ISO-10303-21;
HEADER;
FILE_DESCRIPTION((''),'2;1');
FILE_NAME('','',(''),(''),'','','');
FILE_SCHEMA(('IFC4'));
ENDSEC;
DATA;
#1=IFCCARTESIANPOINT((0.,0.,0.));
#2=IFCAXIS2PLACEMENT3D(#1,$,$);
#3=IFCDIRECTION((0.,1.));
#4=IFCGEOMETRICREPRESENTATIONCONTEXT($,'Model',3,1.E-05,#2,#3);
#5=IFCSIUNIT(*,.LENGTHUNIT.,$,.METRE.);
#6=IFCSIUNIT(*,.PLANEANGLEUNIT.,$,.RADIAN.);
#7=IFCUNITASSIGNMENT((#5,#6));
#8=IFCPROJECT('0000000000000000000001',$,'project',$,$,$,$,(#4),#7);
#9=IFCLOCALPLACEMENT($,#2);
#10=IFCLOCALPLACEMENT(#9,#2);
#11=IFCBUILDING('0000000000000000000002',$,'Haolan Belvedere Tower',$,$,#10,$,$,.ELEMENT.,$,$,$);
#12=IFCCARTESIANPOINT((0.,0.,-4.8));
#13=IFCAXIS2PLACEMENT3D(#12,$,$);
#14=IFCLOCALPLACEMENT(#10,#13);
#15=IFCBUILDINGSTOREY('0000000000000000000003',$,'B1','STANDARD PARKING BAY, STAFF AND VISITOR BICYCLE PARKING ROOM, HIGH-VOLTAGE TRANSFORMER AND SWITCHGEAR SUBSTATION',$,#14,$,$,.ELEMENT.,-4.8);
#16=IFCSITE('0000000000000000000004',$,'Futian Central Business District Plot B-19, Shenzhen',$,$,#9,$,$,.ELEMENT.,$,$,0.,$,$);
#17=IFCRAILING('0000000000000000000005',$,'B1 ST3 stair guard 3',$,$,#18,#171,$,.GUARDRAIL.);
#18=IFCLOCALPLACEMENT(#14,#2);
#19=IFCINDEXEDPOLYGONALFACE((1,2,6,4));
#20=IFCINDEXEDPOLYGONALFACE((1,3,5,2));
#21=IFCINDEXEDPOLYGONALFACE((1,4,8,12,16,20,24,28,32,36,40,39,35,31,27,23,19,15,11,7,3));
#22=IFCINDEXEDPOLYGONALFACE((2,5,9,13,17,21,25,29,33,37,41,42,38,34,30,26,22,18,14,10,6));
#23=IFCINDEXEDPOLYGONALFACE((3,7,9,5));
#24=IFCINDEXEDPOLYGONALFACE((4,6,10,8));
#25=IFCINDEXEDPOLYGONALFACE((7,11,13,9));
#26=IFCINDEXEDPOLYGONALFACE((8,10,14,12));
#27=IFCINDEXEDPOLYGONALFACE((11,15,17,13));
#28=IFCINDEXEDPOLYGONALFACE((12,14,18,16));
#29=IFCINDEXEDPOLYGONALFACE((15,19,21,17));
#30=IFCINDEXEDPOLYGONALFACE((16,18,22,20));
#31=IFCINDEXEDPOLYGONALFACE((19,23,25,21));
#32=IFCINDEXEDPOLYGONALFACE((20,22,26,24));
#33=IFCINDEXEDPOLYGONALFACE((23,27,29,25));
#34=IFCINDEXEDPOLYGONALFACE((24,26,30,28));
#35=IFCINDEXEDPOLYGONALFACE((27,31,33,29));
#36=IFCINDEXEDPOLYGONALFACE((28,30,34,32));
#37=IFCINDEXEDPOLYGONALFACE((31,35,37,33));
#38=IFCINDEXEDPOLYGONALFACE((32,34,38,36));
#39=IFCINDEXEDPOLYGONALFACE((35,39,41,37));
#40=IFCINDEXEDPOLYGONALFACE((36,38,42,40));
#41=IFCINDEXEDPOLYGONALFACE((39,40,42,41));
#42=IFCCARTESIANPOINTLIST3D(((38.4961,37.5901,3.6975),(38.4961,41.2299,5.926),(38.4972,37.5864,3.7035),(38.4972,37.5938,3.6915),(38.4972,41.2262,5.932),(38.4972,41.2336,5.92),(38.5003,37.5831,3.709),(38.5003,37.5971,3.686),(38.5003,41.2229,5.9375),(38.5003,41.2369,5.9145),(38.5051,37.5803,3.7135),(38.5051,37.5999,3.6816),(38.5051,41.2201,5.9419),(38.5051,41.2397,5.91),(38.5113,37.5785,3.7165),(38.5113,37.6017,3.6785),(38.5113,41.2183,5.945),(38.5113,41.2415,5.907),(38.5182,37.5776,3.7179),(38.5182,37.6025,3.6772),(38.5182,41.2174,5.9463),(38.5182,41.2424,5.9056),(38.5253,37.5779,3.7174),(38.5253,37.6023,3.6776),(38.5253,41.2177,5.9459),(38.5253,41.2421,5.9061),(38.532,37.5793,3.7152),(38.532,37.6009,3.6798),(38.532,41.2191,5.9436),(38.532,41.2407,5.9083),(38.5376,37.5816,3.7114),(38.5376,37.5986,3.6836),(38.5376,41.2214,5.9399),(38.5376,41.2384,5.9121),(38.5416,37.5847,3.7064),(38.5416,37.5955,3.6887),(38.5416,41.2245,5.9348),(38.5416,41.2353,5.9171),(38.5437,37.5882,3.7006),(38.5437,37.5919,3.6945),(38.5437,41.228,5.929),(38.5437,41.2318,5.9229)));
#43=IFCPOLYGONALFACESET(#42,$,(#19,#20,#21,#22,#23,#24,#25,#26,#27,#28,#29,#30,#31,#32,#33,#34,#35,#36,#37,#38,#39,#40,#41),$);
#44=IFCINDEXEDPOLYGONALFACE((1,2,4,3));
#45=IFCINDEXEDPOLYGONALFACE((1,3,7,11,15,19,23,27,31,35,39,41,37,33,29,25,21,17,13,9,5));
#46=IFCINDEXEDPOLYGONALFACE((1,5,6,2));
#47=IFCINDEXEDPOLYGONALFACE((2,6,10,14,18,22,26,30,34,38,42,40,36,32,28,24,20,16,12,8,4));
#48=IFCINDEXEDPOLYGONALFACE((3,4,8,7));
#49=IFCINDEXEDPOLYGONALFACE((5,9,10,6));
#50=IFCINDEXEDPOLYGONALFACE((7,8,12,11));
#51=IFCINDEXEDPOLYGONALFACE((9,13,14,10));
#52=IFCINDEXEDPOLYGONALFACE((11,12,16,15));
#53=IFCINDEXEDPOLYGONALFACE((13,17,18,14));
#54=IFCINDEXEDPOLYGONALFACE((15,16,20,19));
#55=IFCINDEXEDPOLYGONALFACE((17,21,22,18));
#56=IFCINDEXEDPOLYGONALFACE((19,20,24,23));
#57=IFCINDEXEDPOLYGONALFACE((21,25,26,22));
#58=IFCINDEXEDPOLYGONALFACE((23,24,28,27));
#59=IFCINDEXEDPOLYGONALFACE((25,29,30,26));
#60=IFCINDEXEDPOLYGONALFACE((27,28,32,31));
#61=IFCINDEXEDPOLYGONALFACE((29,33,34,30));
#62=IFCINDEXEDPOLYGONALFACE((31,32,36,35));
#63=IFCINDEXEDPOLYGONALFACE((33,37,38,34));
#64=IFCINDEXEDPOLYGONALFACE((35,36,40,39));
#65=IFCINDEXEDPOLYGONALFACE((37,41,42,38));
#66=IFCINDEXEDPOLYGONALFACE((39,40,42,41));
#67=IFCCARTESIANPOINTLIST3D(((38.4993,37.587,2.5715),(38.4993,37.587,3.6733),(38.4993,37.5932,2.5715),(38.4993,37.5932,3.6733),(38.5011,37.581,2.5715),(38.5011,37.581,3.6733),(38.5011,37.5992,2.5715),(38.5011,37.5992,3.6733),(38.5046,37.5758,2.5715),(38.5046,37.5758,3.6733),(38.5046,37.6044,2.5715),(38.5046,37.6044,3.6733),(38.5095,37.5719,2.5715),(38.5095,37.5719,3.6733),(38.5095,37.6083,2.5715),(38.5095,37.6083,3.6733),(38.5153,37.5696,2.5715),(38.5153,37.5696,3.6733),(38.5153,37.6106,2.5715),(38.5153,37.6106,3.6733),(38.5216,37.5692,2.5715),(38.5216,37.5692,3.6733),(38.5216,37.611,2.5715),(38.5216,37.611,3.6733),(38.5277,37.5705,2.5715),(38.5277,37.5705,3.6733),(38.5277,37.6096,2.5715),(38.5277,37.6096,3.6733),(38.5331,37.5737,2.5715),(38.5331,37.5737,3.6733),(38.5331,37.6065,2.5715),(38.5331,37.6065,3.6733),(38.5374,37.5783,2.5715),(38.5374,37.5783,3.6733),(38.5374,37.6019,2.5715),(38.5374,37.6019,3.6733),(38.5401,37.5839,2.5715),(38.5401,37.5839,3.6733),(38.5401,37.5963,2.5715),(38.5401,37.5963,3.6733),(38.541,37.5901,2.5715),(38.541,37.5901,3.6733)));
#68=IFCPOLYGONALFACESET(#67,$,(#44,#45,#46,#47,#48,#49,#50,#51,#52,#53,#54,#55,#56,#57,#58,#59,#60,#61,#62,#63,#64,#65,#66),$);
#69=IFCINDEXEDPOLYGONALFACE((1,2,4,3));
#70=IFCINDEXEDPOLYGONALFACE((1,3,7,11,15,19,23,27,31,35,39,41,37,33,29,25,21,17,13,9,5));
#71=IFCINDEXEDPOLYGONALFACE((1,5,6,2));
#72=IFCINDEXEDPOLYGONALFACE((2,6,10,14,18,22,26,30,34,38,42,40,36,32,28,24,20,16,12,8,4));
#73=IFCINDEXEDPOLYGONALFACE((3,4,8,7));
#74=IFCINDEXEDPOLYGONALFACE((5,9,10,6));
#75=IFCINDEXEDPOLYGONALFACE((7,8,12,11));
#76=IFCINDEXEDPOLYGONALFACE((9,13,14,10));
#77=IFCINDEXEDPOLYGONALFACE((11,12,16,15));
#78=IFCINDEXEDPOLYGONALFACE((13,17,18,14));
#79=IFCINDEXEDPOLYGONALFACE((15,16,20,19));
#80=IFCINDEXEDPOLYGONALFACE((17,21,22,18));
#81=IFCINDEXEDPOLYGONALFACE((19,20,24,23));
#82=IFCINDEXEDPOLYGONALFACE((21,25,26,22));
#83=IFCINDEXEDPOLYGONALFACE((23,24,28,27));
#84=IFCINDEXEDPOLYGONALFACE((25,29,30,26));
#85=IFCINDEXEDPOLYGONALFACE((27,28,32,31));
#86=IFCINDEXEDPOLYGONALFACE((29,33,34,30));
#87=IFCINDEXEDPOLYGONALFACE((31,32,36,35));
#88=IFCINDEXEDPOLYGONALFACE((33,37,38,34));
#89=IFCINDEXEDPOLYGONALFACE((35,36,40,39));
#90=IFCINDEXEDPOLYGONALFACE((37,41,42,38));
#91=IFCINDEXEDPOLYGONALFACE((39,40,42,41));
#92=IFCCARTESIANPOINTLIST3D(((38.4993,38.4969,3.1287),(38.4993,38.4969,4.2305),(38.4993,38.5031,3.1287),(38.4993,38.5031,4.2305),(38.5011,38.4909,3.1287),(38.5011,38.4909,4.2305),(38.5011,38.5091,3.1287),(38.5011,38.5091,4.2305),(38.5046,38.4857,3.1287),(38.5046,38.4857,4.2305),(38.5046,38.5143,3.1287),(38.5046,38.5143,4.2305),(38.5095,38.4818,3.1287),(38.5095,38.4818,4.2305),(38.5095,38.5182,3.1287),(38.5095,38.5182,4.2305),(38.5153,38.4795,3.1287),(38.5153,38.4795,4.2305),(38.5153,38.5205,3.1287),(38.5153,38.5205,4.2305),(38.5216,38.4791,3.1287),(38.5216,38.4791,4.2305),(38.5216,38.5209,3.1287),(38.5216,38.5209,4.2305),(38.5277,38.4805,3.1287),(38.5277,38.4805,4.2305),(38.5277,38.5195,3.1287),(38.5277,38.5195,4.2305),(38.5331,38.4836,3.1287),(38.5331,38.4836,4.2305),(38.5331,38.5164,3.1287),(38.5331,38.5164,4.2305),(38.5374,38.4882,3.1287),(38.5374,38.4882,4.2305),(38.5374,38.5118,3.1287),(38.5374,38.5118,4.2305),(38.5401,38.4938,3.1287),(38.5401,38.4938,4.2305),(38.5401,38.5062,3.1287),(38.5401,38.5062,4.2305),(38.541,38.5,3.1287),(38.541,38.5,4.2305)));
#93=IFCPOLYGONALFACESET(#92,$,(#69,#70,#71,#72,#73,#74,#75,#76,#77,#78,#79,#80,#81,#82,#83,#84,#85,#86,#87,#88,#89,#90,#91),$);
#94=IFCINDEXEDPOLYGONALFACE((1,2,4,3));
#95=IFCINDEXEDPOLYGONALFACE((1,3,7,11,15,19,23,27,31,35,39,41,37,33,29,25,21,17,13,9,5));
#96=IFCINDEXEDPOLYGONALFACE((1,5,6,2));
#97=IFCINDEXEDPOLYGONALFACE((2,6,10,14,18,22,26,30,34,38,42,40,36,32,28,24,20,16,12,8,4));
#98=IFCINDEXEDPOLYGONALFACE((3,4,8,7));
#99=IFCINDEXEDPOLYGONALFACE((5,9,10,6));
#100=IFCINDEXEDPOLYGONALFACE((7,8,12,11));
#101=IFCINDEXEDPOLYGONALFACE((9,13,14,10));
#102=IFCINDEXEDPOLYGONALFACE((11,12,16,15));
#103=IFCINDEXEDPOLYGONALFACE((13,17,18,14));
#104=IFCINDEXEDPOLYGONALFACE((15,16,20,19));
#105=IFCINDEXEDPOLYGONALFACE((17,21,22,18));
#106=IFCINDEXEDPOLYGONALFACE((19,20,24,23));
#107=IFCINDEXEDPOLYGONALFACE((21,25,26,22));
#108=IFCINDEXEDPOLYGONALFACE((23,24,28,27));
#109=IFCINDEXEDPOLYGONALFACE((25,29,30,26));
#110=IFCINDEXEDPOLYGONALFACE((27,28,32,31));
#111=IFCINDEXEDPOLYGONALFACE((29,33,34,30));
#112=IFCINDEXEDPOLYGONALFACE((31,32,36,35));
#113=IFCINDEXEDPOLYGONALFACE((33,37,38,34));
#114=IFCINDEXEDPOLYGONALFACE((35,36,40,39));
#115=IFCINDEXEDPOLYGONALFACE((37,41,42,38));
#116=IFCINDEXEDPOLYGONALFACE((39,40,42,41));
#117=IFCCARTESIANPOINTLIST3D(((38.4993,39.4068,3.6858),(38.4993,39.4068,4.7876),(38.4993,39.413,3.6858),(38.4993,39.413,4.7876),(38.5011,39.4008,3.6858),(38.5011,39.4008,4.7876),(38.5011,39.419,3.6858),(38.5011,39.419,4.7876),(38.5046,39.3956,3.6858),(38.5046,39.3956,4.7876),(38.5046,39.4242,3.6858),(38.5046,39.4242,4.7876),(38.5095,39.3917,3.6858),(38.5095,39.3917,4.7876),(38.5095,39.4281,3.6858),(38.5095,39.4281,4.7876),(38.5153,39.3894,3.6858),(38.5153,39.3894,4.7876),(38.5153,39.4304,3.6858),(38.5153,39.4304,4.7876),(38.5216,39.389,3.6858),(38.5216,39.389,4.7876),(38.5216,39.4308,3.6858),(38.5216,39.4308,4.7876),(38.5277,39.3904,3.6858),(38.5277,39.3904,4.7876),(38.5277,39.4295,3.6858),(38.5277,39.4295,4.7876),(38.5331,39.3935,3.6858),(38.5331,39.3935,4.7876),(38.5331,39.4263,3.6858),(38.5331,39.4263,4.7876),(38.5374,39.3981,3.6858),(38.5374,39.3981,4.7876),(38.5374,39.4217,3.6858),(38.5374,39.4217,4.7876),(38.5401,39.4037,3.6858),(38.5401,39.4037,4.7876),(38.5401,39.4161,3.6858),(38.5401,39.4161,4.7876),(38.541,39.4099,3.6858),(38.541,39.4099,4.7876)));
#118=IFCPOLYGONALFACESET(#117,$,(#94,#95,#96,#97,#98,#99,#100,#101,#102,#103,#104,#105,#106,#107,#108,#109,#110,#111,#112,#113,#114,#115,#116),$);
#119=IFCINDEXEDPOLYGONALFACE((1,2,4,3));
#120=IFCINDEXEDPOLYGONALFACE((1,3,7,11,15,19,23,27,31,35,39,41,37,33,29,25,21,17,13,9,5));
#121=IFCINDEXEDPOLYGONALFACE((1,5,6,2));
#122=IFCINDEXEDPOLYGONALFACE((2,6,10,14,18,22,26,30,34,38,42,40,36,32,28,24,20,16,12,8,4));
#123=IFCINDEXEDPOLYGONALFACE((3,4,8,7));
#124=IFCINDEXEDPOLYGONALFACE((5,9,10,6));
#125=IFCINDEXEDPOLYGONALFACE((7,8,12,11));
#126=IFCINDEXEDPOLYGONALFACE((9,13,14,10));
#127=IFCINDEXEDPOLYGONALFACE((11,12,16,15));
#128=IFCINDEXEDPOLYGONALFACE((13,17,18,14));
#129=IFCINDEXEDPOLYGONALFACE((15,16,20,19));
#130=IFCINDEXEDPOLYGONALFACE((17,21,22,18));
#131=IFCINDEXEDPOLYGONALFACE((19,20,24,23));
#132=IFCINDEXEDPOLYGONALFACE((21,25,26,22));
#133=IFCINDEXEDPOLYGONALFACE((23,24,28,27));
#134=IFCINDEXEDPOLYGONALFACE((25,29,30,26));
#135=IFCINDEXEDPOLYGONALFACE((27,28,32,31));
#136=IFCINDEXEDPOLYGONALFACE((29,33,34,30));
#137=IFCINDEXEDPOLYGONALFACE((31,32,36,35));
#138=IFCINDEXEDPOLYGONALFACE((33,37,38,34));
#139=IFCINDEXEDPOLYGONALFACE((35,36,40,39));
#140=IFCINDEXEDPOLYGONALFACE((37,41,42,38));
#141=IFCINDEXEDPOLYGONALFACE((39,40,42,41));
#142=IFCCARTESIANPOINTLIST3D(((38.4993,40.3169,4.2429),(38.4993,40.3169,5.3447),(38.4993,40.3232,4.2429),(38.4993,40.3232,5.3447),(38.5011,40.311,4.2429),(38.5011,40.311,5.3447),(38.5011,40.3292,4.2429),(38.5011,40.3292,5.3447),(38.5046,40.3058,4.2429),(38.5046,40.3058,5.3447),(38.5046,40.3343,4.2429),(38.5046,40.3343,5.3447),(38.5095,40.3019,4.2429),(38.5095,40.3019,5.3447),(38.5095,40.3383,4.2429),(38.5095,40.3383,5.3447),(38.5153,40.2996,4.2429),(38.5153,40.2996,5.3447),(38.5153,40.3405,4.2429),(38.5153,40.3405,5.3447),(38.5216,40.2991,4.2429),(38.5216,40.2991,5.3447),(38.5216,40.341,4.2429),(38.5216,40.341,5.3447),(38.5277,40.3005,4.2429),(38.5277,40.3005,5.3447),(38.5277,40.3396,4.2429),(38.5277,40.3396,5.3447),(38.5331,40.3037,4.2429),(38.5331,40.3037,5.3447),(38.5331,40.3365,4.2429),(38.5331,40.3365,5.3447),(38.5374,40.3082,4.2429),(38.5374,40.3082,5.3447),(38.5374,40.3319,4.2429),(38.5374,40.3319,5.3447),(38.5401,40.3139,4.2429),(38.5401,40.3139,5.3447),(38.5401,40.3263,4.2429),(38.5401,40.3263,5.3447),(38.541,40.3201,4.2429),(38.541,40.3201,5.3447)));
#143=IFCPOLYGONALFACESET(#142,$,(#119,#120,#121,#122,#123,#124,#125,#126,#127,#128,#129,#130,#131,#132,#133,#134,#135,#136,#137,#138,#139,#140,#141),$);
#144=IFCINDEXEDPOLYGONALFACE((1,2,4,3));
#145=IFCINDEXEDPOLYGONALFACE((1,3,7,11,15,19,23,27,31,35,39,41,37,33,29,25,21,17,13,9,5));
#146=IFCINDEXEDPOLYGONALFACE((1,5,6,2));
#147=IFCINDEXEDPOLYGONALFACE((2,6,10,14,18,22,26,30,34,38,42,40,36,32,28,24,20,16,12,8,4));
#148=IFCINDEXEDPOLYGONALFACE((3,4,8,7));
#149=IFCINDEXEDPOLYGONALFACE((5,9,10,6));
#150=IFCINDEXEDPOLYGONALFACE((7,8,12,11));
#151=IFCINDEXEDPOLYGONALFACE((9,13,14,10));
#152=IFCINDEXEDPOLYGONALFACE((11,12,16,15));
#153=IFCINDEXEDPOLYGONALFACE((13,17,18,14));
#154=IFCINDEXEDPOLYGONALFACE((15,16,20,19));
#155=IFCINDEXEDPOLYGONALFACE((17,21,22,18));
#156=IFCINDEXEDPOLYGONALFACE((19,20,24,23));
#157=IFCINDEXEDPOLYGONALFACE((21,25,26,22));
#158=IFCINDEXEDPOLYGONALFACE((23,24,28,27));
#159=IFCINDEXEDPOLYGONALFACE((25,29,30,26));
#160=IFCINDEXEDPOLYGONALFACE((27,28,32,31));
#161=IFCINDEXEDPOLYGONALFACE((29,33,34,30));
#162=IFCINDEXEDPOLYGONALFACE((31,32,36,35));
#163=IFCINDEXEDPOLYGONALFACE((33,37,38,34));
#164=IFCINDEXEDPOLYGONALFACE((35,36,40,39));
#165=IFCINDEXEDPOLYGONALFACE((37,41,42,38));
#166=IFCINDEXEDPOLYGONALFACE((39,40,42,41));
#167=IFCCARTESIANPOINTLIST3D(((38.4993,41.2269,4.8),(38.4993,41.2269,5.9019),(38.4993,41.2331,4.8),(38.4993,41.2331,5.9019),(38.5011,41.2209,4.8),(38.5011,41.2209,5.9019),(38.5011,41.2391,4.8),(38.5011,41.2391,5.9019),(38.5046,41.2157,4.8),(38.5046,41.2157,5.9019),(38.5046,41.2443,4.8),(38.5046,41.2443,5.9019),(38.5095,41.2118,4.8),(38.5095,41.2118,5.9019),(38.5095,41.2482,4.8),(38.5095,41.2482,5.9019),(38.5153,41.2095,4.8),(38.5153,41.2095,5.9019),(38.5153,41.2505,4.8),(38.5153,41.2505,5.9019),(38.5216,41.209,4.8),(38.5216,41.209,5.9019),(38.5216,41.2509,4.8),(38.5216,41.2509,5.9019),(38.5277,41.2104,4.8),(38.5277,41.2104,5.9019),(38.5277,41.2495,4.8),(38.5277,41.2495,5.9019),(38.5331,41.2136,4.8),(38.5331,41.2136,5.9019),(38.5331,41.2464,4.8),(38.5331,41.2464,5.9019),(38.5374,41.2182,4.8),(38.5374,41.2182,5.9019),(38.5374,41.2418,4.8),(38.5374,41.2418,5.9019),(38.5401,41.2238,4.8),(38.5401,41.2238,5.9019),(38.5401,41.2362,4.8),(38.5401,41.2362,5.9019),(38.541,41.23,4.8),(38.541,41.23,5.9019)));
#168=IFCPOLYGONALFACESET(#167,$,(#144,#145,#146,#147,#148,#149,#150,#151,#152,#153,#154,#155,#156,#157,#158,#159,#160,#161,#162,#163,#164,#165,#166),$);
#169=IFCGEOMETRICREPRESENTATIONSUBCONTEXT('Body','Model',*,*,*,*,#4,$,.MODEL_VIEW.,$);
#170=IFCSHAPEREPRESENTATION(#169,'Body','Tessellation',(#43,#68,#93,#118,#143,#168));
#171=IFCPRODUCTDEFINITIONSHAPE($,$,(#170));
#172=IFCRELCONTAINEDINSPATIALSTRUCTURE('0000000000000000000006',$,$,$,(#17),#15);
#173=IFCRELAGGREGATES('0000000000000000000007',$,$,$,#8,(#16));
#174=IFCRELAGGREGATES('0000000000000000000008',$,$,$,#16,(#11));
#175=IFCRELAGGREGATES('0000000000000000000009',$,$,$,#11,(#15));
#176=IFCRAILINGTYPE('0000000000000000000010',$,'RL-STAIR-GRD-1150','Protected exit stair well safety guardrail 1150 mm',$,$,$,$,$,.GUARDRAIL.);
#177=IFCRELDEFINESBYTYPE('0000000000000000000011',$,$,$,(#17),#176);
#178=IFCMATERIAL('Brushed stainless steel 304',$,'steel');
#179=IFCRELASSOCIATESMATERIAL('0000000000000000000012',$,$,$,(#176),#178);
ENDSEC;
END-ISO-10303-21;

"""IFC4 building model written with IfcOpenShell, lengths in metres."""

from ifc_helpers import new_model, si_unit, direction, frame, origin, origin_2d, place, context, subcontext, project, spatial, circle, extrude, material, type_object, element, save


model = new_model("IFC4")

# Units and contexts
model_context = context("Model", 3, precision=1e-05, world=origin(), true_north=direction((0.0, 1.0)))
body_context = subcontext(model_context, "Body", "Model", "MODEL_VIEW")
ifc_project = project(units=[si_unit("LENGTHUNIT", "METRE"), si_unit("PLANEANGLEUNIT", "RADIAN")], contexts=[model_context])

# Site, building, storey
site_placement = place(None, origin())
site = spatial("IfcSite", under=ifc_project, at=site_placement, Name="Futian Central Business District Plot B-19, Shenzhen", CompositionType="ELEMENT", RefElevation=0.0)
building_placement = place(site_placement, origin())
building = spatial("IfcBuilding", under=site, at=building_placement, Name="Haolan Belvedere Tower", CompositionType="ELEMENT")
storey_placement = place(building_placement, frame((0.0, 0.0, -4.8)))
storey = spatial("IfcBuildingStorey", under=building, at=storey_placement, Name="B1", Description="STANDARD PARKING BAY, STAFF AND VISITOR BICYCLE PARKING ROOM, HIGH-VOLTAGE TRANSFORMER AND SWITCHGEAR SUBSTATION", CompositionType="ELEMENT", Elevation=-4.8)

# Railing
ifc_material_1 = material(Name="Brushed stainless steel 304", Category="steel")
railing_type_1 = type_object("IfcRailingType", Name="RL-STAIR-GRD-1150", Description="Protected exit stair well safety guardrail 1150 mm", PredefinedType="GUARDRAIL", material=ifc_material_1)
railing_1_placement = place(storey_placement, frame((38.52, 37.5901, 2.5715)))
element("IfcRailing", 1, at=railing_1_placement, inside=storey, type_object=railing_type_1, Name="B1 ST3 stair guard 3", PredefinedType="GUARDRAIL", context=body_context, shape_type="SweptSolid", body=[
    extrude(circle(Radius=0.0239, at=origin_2d()), frame((0.0, 0.0, 1.126), z_axis=(0.0, 0.85285, 0.522156), x_axis=(-1.0, 0.0, 0.0)), (0.0, 0.0, 1.0), 4.2678),
    extrude(circle(Radius=0.021, at=origin_2d()), origin(), (0.0, 0.0, 1.0), 1.1018),
    extrude(circle(Radius=0.021, at=origin_2d()), frame((0.0, 0.9099, 0.5571)), (0.0, 0.0, 1.0), 1.1018),
    extrude(circle(Radius=0.021, at=origin_2d()), frame((0.0, 1.8198, 1.1143)), (0.0, 0.0, 1.0), 1.1018),
    extrude(circle(Radius=0.021, at=origin_2d()), frame((0.0, 2.73, 1.6714)), (0.0, 0.0, 1.0), 1.1018),
    extrude(circle(Radius=0.021, at=origin_2d()), frame((0.0, 3.6399, 2.2285)), (0.0, 0.0, 1.0), 1.1018),
])

save(model, "model.ifc")
